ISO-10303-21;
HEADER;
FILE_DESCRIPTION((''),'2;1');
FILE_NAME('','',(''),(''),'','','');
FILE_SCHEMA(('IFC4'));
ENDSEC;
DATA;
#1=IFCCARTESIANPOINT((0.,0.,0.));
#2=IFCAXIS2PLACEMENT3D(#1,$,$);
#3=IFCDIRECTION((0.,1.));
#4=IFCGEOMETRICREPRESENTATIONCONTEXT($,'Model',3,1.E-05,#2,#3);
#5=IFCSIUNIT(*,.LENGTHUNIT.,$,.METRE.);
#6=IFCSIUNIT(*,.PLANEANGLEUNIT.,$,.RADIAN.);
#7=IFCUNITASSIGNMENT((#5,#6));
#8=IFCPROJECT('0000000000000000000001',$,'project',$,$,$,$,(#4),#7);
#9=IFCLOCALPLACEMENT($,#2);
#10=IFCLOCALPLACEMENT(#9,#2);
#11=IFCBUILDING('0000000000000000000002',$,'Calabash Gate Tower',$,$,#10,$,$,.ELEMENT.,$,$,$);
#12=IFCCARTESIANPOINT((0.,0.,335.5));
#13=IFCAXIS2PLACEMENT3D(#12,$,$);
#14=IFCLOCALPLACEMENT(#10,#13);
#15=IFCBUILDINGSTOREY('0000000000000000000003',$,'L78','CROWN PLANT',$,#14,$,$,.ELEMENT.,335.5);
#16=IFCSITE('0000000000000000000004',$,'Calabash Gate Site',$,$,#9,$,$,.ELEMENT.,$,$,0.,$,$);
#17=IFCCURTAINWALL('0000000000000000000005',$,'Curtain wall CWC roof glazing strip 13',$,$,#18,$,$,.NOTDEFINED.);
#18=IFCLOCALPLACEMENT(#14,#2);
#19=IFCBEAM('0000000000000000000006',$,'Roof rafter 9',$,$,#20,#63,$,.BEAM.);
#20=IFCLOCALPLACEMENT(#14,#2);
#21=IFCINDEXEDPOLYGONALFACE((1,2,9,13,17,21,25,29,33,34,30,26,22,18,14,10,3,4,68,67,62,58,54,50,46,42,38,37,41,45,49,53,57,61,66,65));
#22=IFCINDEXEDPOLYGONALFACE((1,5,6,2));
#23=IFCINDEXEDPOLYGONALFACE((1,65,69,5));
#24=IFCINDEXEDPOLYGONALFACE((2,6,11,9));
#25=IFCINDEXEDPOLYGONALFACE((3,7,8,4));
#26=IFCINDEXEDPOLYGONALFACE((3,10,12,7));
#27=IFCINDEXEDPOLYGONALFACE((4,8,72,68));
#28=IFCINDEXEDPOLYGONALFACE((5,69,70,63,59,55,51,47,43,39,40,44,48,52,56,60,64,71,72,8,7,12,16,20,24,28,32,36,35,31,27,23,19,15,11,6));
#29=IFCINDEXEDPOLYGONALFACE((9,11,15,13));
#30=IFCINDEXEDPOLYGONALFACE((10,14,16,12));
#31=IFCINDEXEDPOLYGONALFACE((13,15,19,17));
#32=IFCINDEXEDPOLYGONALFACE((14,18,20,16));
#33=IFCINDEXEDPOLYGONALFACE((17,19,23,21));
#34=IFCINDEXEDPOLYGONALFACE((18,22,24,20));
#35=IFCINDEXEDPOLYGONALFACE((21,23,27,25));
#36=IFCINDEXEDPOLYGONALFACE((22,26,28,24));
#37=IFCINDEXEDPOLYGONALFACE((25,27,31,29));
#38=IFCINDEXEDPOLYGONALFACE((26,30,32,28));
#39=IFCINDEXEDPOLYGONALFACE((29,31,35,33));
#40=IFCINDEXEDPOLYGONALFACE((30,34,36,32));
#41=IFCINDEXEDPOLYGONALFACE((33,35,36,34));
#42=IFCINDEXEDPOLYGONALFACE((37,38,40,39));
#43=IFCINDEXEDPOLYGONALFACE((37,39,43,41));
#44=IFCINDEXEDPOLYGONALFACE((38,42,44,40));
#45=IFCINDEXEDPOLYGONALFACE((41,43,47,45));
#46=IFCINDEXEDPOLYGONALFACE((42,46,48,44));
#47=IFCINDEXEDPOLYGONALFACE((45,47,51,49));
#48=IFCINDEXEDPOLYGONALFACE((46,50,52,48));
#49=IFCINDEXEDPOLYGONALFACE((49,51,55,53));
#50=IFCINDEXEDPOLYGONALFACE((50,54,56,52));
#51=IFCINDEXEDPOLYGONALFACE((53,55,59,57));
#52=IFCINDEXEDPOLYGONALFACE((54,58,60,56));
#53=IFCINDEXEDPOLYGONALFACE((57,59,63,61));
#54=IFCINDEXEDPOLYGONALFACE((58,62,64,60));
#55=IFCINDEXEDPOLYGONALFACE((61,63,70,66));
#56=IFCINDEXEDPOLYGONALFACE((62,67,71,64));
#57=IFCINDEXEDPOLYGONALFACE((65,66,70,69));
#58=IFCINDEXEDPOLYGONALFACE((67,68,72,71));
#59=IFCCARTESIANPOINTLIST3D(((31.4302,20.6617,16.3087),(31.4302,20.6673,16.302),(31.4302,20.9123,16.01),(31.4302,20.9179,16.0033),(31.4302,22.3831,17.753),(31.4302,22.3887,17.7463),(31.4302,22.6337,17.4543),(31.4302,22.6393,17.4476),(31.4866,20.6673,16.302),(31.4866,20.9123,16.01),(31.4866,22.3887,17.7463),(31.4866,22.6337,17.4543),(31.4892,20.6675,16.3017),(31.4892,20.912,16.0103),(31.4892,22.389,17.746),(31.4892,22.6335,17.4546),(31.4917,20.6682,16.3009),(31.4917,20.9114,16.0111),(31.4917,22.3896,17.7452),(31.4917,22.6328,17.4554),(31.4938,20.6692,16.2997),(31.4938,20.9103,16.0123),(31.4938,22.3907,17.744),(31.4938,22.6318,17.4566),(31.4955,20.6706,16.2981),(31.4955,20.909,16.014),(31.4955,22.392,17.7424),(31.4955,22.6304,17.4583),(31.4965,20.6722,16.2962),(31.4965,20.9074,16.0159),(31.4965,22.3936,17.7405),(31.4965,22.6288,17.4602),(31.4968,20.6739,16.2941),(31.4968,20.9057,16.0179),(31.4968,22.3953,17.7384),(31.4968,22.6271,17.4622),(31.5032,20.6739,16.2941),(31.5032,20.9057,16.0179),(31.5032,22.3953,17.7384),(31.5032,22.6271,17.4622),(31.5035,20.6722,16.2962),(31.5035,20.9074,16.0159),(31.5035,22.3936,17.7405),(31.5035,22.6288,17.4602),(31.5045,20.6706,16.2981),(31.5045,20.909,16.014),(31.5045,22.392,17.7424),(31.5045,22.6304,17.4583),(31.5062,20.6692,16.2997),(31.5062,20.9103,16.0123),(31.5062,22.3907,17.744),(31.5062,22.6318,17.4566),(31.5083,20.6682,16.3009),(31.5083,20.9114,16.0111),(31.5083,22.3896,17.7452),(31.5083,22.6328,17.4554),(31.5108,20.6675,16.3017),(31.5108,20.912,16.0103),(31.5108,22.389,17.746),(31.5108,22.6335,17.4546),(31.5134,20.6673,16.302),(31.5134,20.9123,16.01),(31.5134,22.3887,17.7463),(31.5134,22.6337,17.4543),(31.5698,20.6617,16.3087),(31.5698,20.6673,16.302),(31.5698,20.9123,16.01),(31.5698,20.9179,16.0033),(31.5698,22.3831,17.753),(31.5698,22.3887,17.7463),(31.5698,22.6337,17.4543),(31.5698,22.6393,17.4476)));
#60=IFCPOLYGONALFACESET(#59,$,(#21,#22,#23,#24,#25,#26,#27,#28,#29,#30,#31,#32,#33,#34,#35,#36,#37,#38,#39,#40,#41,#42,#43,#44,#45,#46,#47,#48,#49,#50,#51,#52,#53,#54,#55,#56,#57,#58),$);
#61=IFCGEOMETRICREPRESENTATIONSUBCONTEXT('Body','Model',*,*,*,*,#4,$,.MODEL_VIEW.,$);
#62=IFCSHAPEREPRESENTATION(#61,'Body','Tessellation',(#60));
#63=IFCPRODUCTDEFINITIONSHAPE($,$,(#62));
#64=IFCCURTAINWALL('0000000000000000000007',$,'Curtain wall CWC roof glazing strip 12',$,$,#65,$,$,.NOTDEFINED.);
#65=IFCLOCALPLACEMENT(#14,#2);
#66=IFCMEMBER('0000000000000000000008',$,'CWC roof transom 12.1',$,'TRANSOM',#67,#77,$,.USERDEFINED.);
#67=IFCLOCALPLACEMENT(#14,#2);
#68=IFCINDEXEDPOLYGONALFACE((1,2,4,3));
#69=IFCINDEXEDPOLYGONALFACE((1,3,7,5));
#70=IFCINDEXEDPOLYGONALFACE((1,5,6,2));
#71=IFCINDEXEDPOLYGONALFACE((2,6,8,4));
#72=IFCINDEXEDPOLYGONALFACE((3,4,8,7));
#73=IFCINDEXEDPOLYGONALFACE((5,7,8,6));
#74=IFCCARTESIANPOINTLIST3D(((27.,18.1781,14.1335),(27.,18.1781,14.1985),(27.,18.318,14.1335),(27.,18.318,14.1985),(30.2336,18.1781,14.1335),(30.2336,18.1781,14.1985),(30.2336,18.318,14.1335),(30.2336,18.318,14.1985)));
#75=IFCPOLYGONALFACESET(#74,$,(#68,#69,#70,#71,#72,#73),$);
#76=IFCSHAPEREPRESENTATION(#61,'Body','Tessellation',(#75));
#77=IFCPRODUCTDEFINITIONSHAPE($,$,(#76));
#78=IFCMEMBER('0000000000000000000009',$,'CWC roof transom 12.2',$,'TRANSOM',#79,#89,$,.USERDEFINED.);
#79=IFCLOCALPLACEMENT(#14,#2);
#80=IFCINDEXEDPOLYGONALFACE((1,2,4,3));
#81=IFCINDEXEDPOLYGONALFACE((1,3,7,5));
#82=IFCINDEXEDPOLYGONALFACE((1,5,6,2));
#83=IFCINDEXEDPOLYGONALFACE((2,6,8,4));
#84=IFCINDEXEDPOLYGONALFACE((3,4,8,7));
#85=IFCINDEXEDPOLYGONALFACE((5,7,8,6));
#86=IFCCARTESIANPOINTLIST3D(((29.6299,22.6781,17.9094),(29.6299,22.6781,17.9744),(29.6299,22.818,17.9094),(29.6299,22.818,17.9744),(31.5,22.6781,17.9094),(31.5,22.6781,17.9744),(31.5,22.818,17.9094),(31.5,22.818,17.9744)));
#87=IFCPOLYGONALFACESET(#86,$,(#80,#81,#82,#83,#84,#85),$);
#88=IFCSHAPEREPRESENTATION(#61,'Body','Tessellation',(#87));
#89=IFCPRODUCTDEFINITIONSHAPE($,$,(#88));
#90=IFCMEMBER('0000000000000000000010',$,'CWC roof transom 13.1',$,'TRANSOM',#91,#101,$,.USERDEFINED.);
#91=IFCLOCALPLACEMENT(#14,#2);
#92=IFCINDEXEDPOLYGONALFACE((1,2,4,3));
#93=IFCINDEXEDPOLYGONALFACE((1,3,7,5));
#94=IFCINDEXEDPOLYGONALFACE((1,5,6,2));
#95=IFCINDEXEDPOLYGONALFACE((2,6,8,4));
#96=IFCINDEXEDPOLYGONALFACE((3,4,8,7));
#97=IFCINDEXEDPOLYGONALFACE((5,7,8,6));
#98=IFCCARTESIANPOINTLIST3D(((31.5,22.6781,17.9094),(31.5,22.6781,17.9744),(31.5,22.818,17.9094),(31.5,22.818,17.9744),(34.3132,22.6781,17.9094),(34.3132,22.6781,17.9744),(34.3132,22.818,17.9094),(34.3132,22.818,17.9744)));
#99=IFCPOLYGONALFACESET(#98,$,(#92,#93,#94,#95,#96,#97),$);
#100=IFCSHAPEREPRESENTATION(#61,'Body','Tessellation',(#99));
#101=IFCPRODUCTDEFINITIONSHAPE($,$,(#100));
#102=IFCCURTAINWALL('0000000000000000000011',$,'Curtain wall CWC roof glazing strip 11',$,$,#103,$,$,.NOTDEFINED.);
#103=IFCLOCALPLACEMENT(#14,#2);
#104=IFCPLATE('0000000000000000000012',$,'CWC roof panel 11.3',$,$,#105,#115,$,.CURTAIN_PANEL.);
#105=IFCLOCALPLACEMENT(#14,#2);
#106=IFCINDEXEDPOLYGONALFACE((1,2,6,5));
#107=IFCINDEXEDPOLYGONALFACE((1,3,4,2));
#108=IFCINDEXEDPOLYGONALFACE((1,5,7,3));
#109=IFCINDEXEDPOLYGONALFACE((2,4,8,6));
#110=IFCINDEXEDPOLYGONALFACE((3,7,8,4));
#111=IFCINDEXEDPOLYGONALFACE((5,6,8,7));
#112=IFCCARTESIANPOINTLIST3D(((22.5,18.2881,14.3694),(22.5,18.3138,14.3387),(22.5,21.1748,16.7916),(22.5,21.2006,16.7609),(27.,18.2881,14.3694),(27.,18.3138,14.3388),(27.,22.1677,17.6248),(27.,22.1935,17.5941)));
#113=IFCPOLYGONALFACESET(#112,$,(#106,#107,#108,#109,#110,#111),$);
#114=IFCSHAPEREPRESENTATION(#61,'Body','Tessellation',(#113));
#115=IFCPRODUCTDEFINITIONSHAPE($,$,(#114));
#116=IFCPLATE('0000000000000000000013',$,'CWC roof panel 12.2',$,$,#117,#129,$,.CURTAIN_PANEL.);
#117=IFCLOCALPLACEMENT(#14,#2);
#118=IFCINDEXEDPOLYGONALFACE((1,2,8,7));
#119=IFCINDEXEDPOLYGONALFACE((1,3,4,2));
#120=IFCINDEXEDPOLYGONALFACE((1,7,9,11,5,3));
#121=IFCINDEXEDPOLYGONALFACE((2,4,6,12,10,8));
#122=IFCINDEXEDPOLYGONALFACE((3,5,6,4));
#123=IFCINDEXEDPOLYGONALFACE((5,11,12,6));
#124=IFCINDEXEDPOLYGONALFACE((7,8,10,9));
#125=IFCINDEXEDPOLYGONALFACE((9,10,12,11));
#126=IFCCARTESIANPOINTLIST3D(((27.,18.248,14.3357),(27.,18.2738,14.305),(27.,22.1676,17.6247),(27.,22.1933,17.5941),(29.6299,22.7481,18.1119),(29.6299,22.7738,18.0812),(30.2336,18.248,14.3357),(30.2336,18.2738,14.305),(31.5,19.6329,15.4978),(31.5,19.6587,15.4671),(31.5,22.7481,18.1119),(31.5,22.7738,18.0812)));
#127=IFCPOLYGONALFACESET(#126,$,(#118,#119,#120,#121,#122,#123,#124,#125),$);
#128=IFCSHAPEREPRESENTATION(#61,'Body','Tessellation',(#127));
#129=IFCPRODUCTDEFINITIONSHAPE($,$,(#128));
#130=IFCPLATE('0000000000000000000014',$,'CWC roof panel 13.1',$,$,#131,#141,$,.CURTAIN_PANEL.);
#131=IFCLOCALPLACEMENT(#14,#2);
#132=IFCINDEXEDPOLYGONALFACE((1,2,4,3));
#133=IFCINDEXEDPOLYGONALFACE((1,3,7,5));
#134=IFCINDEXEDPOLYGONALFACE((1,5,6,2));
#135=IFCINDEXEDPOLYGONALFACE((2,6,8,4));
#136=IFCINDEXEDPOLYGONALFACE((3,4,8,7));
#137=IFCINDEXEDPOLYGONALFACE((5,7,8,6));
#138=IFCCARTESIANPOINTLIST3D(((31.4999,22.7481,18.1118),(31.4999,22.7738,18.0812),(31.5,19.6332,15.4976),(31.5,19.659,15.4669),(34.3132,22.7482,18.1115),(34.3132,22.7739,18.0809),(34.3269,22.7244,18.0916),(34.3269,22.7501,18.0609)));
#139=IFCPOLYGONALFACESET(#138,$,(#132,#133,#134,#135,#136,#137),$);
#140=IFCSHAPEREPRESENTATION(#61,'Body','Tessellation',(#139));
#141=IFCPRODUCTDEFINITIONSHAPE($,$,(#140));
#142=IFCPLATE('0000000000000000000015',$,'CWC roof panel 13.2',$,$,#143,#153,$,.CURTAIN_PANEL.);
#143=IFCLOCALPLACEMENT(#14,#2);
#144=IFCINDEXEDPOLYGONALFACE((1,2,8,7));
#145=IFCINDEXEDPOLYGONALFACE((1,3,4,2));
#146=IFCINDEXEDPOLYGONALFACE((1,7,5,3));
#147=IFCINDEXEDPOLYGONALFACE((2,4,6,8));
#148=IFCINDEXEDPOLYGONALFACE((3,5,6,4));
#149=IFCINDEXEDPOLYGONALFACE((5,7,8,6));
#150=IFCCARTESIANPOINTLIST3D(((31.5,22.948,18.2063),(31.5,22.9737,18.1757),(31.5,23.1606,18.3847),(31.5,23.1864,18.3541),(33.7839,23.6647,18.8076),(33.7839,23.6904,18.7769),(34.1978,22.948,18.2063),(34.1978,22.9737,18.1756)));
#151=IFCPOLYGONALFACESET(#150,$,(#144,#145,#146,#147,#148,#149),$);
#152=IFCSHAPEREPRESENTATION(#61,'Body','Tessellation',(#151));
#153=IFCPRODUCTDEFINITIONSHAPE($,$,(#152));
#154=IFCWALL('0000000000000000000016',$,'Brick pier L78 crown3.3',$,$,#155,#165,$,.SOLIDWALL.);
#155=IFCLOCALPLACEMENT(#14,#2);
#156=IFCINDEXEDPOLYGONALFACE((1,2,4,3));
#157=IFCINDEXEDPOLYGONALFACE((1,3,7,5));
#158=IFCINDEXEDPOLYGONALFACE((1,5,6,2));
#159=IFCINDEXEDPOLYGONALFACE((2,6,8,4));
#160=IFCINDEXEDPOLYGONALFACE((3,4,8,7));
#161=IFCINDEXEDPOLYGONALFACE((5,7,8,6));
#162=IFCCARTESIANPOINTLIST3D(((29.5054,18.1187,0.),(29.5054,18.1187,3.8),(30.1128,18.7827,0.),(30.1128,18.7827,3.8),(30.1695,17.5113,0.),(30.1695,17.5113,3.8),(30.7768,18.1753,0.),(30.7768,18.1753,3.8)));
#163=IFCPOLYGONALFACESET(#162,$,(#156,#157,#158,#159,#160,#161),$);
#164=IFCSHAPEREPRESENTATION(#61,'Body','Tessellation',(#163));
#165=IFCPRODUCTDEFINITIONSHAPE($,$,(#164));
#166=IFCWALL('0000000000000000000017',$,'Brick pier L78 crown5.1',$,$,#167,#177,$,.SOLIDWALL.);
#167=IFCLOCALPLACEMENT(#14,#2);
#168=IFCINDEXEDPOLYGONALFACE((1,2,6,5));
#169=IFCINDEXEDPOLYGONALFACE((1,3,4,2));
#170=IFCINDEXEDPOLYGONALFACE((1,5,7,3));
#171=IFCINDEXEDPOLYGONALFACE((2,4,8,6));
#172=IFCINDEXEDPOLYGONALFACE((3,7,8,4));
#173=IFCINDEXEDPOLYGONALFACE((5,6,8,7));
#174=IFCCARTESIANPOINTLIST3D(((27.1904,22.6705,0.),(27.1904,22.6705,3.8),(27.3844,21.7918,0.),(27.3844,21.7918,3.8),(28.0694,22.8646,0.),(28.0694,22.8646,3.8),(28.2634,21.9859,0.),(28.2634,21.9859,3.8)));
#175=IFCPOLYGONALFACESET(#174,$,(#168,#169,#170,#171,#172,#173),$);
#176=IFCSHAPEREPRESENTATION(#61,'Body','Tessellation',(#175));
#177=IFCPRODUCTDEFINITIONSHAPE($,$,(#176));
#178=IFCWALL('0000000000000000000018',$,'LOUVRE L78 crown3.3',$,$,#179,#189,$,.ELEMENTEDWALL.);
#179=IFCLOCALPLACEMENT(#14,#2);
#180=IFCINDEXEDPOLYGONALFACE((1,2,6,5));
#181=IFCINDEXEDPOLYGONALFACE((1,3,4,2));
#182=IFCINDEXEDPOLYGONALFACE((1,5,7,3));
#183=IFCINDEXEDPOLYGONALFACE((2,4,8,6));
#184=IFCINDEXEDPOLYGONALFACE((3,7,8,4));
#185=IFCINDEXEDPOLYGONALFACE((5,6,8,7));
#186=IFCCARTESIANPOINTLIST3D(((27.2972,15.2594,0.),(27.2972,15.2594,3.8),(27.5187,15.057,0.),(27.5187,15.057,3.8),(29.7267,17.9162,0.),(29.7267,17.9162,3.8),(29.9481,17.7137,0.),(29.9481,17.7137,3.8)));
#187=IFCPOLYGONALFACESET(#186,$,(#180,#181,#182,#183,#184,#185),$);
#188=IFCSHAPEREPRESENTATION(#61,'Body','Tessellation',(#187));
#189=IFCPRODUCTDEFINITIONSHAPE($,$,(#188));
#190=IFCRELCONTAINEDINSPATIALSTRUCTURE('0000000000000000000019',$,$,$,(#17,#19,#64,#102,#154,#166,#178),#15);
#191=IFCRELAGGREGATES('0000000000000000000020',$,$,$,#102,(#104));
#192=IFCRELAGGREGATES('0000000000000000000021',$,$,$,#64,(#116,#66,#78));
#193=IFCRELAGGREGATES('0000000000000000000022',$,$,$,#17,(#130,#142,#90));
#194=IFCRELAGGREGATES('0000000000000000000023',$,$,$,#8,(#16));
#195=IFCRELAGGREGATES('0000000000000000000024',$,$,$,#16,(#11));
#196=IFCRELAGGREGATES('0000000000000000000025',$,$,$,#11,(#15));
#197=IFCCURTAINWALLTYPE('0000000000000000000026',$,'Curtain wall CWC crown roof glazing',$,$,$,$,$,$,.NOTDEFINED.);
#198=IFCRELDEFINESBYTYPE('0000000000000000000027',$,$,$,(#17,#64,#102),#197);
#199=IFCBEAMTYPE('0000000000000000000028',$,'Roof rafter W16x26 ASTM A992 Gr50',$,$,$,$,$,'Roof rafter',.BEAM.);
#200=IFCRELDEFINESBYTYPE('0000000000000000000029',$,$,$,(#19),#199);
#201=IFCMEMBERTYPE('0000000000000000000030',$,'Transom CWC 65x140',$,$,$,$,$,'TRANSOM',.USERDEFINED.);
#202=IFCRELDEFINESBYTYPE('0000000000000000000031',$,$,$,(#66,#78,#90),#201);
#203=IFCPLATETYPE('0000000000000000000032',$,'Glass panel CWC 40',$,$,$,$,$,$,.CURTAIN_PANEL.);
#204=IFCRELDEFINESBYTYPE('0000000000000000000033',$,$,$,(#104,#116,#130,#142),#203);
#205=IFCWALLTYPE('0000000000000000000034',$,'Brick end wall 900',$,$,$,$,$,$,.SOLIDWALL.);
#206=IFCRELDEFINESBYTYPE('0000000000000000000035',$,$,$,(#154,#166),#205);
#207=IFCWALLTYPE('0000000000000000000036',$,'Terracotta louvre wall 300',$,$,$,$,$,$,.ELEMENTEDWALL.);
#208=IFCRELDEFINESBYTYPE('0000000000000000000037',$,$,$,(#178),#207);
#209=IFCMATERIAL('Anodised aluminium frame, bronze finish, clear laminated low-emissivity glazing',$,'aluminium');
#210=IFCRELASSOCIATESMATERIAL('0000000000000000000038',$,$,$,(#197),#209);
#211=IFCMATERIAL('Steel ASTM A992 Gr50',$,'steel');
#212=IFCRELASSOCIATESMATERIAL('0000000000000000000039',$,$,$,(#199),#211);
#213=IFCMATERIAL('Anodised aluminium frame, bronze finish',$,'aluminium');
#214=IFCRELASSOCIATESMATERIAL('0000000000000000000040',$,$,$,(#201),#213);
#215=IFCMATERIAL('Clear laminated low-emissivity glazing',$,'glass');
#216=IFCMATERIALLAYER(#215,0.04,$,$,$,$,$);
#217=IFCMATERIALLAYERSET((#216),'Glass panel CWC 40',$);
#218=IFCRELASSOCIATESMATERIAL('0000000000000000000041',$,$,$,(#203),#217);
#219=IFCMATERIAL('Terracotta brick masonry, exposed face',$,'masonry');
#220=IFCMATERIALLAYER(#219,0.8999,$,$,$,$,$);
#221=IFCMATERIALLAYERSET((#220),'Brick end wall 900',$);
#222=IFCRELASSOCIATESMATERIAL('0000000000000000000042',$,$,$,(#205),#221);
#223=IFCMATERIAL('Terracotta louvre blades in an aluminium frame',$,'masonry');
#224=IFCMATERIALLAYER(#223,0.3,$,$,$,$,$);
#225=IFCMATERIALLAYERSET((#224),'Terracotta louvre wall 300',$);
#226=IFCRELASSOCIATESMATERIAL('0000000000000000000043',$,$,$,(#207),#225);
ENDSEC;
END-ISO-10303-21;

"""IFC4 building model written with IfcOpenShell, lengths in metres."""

from ifc_helpers import new_model, si_unit, direction, frame, frame_2d, origin, origin_2d, place, context, subcontext, project, spatial, polyline, rectangle, i_section, outline, extrude, material, layer, layer_set, material_profile, profile_set, type_object, element, aggregate, save


model = new_model("IFC4")

# Units and contexts
model_context = context("Model", 3, precision=1e-05, world=origin(), true_north=direction((0.0, 1.0)))
body_context = subcontext(model_context, "Body", "Model", "MODEL_VIEW")
ifc_project = project(units=[si_unit("LENGTHUNIT", "METRE"), si_unit("PLANEANGLEUNIT", "RADIAN")], contexts=[model_context])

# Site, building, storey
site_placement = place(None, origin())
site = spatial("IfcSite", under=ifc_project, at=site_placement, Name="Calabash Gate Site", CompositionType="ELEMENT", RefElevation=0.0)
building_placement = place(site_placement, origin())
building = spatial("IfcBuilding", under=site, at=building_placement, Name="Calabash Gate Tower", CompositionType="ELEMENT")
storey_placement = place(building_placement, frame((0.0, 0.0, 335.5)))
storey = spatial("IfcBuildingStorey", under=building, at=storey_placement, Name="L78", Description="CROWN PLANT", CompositionType="ELEMENT", Elevation=335.5)

# Curtain wall
ifc_material_1 = material(Name="Anodised aluminium frame, bronze finish, clear laminated low-emissivity glazing", Category="aluminium")
curtain_wall_type = type_object("IfcCurtainWallType", Name="Curtain wall CWC crown roof glazing", PredefinedType="NOTDEFINED", material=ifc_material_1)
curtain_wall_1_placement = place(storey_placement, origin())
curtain_wall_1 = element("IfcCurtainWall", 1, at=curtain_wall_1_placement, inside=storey, type_object=curtain_wall_type, Name="Curtain wall CWC roof glazing strip 13", PredefinedType="NOTDEFINED")

# Beam
ifc_material_2 = material(Name="Steel ASTM A992 Gr50", Category="steel")
ifc_material_profile_1 = material_profile(ifc_material_2, i_section(OverallWidth=0.1396, OverallDepth=0.3987, WebThickness=0.0063, FlangeThickness=0.0088, FilletRadius=0.0103, at=origin_2d()))
ifc_profile_set_1 = profile_set([ifc_material_profile_1], Name="Steel ASTM A992 Gr50")
beam_type_1 = type_object("IfcBeamType", Name="Roof rafter W16x26 ASTM A992 Gr50", ElementType="Roof rafter", PredefinedType="BEAM", material=ifc_profile_set_1)
beam_1_placement = place(storey_placement, frame((31.5, 20.7898, 16.156), z_axis=(0.0, 0.766071, 0.642756), x_axis=(-1.0, 0.0, 0.0)))
element("IfcBeam", 2, at=beam_1_placement, inside=storey, type_object=beam_type_1, Name="Roof rafter 9", PredefinedType="BEAM", context=body_context, shape_type="SweptSolid", body=[
    extrude(i_section(OverallWidth=0.1396, OverallDepth=0.3987, WebThickness=0.0063, FlangeThickness=0.0088, FilletRadius=0.0103, at=origin_2d()), origin(), (0.0, 0.0, 1.0), 2.2471),
])

# Curtain wall, members
curtain_wall_2_placement = place(storey_placement, origin())
curtain_wall_2 = element("IfcCurtainWall", 3, at=curtain_wall_2_placement, inside=storey, type_object=curtain_wall_type, Name="Curtain wall CWC roof glazing strip 12", PredefinedType="NOTDEFINED")
ifc_material_3 = material(Name="Anodised aluminium frame, bronze finish", Category="aluminium")
ifc_material_profile_2 = material_profile(ifc_material_3, rectangle(XDim=0.1399, YDim=0.0649, at=origin_2d()))
ifc_profile_set_2 = profile_set([ifc_material_profile_2], Name="Anodised aluminium frame, bronze finish")
member_type_1 = type_object("IfcMemberType", Name="Transom CWC 65x140", ElementType="TRANSOM", PredefinedType="USERDEFINED", material=ifc_profile_set_2)
member_1_placement = place(storey_placement, frame((27.0, 18.248, 14.166), z_axis=(1.0, 0.0, 0.0), x_axis=(0.0, 1.0, 0.0)))
member_1 = element("IfcMember", 4, at=member_1_placement, type_object=member_type_1, Name="CWC roof transom 12.1", ObjectType="TRANSOM", PredefinedType="USERDEFINED", context=body_context, shape_type="SweptSolid", body=[
    extrude(rectangle(XDim=0.1399, YDim=0.0649, at=origin_2d()), origin(), (0.0, 0.0, 1.0), 3.2336),
])
member_2_placement = place(storey_placement, frame((29.6299, 22.748, 17.9419), z_axis=(1.0, 0.0, 0.0), x_axis=(0.0, 1.0, 0.0)))
member_2 = element("IfcMember", 5, at=member_2_placement, type_object=member_type_1, Name="CWC roof transom 12.2", ObjectType="TRANSOM", PredefinedType="USERDEFINED", context=body_context, shape_type="SweptSolid", body=[
    extrude(rectangle(XDim=0.1399, YDim=0.0649, at=origin_2d()), origin(), (0.0, 0.0, 1.0), 1.8701),
])

# Member
member_3_placement = place(storey_placement, frame((31.5, 22.748, 17.9419), z_axis=(1.0, 0.0, 0.0), x_axis=(0.0, 1.0, 0.0)))
member_3 = element("IfcMember", 6, at=member_3_placement, type_object=member_type_1, Name="CWC roof transom 13.1", ObjectType="TRANSOM", PredefinedType="USERDEFINED", context=body_context, shape_type="SweptSolid", body=[
    extrude(rectangle(XDim=0.1399, YDim=0.0649, at=origin_2d()), origin(), (0.0, 0.0, 1.0), 2.8132),
])

# Curtain wall, plate
curtain_wall_3_placement = place(storey_placement, origin())
curtain_wall_3 = element("IfcCurtainWall", 7, at=curtain_wall_3_placement, inside=storey, type_object=curtain_wall_type, Name="Curtain wall CWC roof glazing strip 11", PredefinedType="NOTDEFINED")
ifc_material_4 = material(Name="Clear laminated low-emissivity glazing", Category="glass")
ifc_layer_1 = layer(ifc_material_4, 0.04)
ifc_layer_set_1 = layer_set([ifc_layer_1], Name="Glass panel CWC 40")
plate_type = type_object("IfcPlateType", Name="Glass panel CWC 40", PredefinedType="CURTAIN_PANEL", material=ifc_layer_set_1)
plate_1_placement = place(storey_placement, frame((27.0, 22.1677, 17.6248), z_axis=(-0.00001, -0.642777, 0.766053), x_axis=(0.0, -0.766053, -0.642777)))
plate_1 = element("IfcPlate", 8, at=plate_1_placement, type_object=plate_type, Name="CWC roof panel 11.3", PredefinedType="CURTAIN_PANEL", context=body_context, shape_type="SweptSolid", body=[
    extrude(outline(polyline([(0.0, 0.0), (5.0645, 0.0), (5.0645, -4.5), (1.2961, -4.5), (0.0, 0.0)])), origin(), (0.0, 0.0, -1.0), 0.04),
])
aggregate(curtain_wall_3, [plate_1])

# Plates
plate_2_placement = place(storey_placement, frame((30.2336, 18.248, 14.3357), z_axis=(0.000001, -0.642804, 0.766031), x_axis=(-1.0, -0.000001, 0.000001)))
plate_2 = element("IfcPlate", 9, at=plate_2_placement, type_object=plate_type, Name="CWC roof panel 12.2", PredefinedType="CURTAIN_PANEL", context=body_context, shape_type="SweptSolid", body=[
    extrude(outline(polyline([(0.0, 0.0), (3.2336, 0.0), (3.2336, -5.1167), (0.6038, -5.8745), (-1.2664, -5.8745), (-1.2664, -1.8079), (0.0, 0.0)])), origin(), (0.0, 0.0, -1.0), 0.04),
])
aggregate(curtain_wall_2, [plate_2, member_1, member_2])
plate_3_placement = place(storey_placement, frame((34.3269, 22.7244, 18.0916), z_axis=(0.000105, -0.642876, 0.76597), x_axis=(-0.57376, -0.627386, -0.526484)))
plate_3 = element("IfcPlate", 10, at=plate_3_placement, type_object=plate_type, Name="CWC roof panel 13.1", PredefinedType="CURTAIN_PANEL", context=body_context, shape_type="SweptSolid", body=[
    extrude(outline(polyline([(0.0, 0.0), (4.927, 0.0), (1.5964, -2.3333), (-0.0176, -0.0291), (0.0, 0.0)])), origin(), (0.0, 0.0, -1.0), 0.04),
])
plate_4_placement = place(storey_placement, frame((34.1978, 22.948, 18.2063), z_axis=(0.000018, -0.64273, 0.766093), x_axis=(-1.0, -0.000011, 0.000014)))
plate_4 = element("IfcPlate", 11, at=plate_4_placement, type_object=plate_type, Name="CWC roof panel 13.2", PredefinedType="CURTAIN_PANEL", context=body_context, shape_type="SweptSolid", body=[
    extrude(outline(polyline([(0.0, 0.0), (2.6978, 0.0), (2.6978, -0.2776), (0.4138, -0.9355), (0.0, 0.0)])), origin(), (0.0, 0.0, -1.0), 0.04),
])
aggregate(curtain_wall_1, [plate_3, plate_4, member_3])

# Walls
ifc_material_5 = material(Name="Terracotta brick masonry, exposed face", Category="masonry")
ifc_layer_2 = layer(ifc_material_5, 0.8999)
ifc_layer_set_2 = layer_set([ifc_layer_2], Name="Brick end wall 900")
wall_type_1 = type_object("IfcWallType", Name="Brick end wall 900", PredefinedType="SOLIDWALL", material=ifc_layer_set_2)
wall_1_placement = place(storey_placement, frame((30.4448, 18.479, 0.0), z_axis=(0.0, 0.0, 1.0), x_axis=(-0.674938, -0.737874, 0.0)))
element("IfcWall", 12, at=wall_1_placement, inside=storey, type_object=wall_type_1, Name="Brick pier L78 crown3.3", PredefinedType="SOLIDWALL", context=body_context, shape_type="SweptSolid", body=[
    extrude(rectangle(XDim=0.8999, YDim=0.8999, at=frame_2d((0.45, 0.0))), origin(), (0.0, 0.0, 1.0), 3.8),
])
wall_2_placement = place(storey_placement, frame((28.1665, 22.4253, 0.0), z_axis=(0.0, 0.0, 1.0), x_axis=(-0.976473, -0.215638, 0.0)))
element("IfcWall", 13, at=wall_2_placement, inside=storey, type_object=wall_type_1, Name="Brick pier L78 crown5.1", PredefinedType="SOLIDWALL", context=body_context, shape_type="SweptSolid", body=[
    extrude(rectangle(XDim=0.9001, YDim=0.8999, at=frame_2d((0.4502, 0.0))), origin(), (0.0, 0.0, 1.0), 3.8),
])
ifc_material_6 = material(Name="Terracotta louvre blades in an aluminium frame", Category="masonry")
ifc_layer_3 = layer(ifc_material_6, 0.3)
ifc_layer_set_3 = layer_set([ifc_layer_3], Name="Terracotta louvre wall 300")
wall_type_2 = type_object("IfcWallType", Name="Terracotta louvre wall 300", PredefinedType="ELEMENTEDWALL", material=ifc_layer_set_3)
for number, where, z_axis, x_axis, name in (
    (14, (27.408, 15.1582, 0.0), (0.0, 0.0, 1.0), (0.674834, 0.73797, 0.0), "LOUVRE L78 crown3.3"),
):
    element("IfcWall", number, at=place(storey_placement, frame(where, z_axis=z_axis, x_axis=x_axis)), inside=storey, type_object=wall_type_2, Name=name, PredefinedType="ELEMENTEDWALL", context=body_context, shape_type="SweptSolid", body=[
        extrude(rectangle(XDim=3.6001, YDim=0.3, at=frame_2d((1.8, 0.0))), origin(), (0.0, 0.0, 1.0), 3.8),
    ])

save(model, "model.ifc")
